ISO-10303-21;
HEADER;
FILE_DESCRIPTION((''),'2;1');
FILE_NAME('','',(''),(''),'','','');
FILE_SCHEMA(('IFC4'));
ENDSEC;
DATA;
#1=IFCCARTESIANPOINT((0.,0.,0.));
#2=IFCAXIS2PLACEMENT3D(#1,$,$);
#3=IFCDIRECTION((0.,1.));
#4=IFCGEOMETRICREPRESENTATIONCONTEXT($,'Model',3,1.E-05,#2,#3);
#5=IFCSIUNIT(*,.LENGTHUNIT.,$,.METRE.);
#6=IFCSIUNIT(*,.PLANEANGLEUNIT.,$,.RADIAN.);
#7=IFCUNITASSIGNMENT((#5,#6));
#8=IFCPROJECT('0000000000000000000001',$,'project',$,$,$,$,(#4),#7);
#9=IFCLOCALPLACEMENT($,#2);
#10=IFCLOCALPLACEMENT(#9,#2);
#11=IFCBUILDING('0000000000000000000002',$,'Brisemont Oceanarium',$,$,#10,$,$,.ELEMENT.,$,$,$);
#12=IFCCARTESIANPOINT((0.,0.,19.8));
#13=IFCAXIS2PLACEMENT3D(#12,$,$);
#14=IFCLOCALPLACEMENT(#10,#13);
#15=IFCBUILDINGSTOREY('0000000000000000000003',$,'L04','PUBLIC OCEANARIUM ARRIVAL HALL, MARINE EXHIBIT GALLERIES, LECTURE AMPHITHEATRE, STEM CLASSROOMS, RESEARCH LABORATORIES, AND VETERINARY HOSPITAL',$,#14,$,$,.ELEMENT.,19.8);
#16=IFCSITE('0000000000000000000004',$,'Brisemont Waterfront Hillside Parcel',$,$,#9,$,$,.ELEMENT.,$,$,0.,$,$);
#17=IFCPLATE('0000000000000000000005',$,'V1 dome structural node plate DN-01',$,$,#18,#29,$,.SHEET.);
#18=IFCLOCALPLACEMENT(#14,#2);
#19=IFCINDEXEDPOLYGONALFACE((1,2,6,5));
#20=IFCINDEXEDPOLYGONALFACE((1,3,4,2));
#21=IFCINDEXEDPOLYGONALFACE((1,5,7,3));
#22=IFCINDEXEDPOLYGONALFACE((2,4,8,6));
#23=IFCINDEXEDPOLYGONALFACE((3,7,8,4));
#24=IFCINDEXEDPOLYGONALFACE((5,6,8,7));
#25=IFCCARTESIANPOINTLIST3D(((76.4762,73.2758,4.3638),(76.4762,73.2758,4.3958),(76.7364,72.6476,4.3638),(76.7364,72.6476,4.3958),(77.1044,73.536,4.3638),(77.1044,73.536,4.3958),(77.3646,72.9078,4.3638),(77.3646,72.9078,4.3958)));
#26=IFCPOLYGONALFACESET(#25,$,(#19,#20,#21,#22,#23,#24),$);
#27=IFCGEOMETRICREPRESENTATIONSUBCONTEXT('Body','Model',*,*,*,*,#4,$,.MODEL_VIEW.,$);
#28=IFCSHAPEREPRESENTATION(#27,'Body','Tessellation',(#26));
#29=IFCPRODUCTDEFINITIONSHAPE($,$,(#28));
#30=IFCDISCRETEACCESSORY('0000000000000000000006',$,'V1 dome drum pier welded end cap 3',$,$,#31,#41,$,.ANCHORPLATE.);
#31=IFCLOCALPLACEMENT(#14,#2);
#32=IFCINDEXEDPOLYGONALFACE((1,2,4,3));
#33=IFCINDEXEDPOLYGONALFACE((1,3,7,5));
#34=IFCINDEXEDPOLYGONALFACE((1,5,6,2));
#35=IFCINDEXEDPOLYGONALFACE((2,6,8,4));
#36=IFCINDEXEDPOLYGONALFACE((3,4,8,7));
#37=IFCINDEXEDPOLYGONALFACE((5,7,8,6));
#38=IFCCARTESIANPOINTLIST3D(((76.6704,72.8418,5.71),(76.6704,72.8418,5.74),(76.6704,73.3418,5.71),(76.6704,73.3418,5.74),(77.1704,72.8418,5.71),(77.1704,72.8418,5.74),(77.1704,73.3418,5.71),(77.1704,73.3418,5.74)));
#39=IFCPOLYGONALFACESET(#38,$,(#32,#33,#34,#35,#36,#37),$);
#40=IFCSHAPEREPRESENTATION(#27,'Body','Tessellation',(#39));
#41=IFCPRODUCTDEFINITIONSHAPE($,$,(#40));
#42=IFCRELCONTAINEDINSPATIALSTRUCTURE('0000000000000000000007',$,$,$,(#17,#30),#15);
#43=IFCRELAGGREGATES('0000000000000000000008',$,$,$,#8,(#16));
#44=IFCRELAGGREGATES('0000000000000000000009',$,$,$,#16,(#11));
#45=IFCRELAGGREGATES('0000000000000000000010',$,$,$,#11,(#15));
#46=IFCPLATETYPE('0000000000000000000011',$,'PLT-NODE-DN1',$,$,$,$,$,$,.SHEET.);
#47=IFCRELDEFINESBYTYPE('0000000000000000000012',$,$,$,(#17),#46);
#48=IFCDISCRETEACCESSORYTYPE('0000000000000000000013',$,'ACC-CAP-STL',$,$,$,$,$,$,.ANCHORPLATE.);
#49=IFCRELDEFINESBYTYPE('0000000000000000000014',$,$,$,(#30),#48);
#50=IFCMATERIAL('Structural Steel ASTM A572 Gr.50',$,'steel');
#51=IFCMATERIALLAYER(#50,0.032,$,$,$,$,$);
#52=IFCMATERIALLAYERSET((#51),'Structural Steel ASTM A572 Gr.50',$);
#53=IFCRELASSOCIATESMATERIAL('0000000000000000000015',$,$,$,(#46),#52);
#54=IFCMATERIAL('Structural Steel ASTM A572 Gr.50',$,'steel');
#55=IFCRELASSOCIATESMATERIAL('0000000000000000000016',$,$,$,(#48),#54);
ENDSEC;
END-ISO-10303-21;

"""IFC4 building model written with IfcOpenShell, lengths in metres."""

from ifc_helpers import new_model, si_unit, direction, frame, origin, origin_2d, place, context, subcontext, project, spatial, rectangle, extrude, material, layer, layer_set, type_object, element, save


model = new_model("IFC4")

# Units and contexts
model_context = context("Model", 3, precision=1e-05, world=origin(), true_north=direction((0.0, 1.0)))
body_context = subcontext(model_context, "Body", "Model", "MODEL_VIEW")
ifc_project = project(units=[si_unit("LENGTHUNIT", "METRE"), si_unit("PLANEANGLEUNIT", "RADIAN")], contexts=[model_context])

# Site, building, storey
site_placement = place(None, origin())
site = spatial("IfcSite", under=ifc_project, at=site_placement, Name="Brisemont Waterfront Hillside Parcel", CompositionType="ELEMENT", RefElevation=0.0)
building_placement = place(site_placement, origin())
building = spatial("IfcBuilding", under=site, at=building_placement, Name="Brisemont Oceanarium", CompositionType="ELEMENT")
storey_placement = place(building_placement, frame((0.0, 0.0, 19.8)))
storey = spatial("IfcBuildingStorey", under=building, at=storey_placement, Name="L04", Description="PUBLIC OCEANARIUM ARRIVAL HALL, MARINE EXHIBIT GALLERIES, LECTURE AMPHITHEATRE, STEM CLASSROOMS, RESEARCH LABORATORIES, AND VETERINARY HOSPITAL", CompositionType="ELEMENT", Elevation=19.8)

# Plate
ifc_material_1 = material(Name="Structural Steel ASTM A572 Gr.50", Category="steel")
ifc_layer_1 = layer(ifc_material_1, 0.032)
ifc_layer_set_1 = layer_set([ifc_layer_1], Name="Structural Steel ASTM A572 Gr.50")
plate_type_1 = type_object("IfcPlateType", Name="PLT-NODE-DN1", PredefinedType="SHEET", material=ifc_layer_set_1)
plate_1_placement = place(storey_placement, frame((76.9204, 73.0918, 4.3638), z_axis=(0.0, 0.0, 1.0), x_axis=(-0.382683, 0.92388, 0.0)))
element("IfcPlate", 1, at=plate_1_placement, inside=storey, type_object=plate_type_1, Name="V1 dome structural node plate DN-01", PredefinedType="SHEET", context=body_context, shape_type="SweptSolid", body=[
    extrude(rectangle(XDim=0.6799, YDim=0.6799, at=origin_2d()), origin(), (0.0, 0.0, 1.0), 0.032),
])

# Discrete accessory
ifc_material_2 = material(Name="Structural Steel ASTM A572 Gr.50", Category="steel")
discrete_accessory_type = type_object("IfcDiscreteAccessoryType", Name="ACC-CAP-STL", PredefinedType="ANCHORPLATE", material=ifc_material_2)
discrete_accessory_placement = place(storey_placement, frame((76.9204, 73.0918, 5.71), z_axis=(0.0, 0.0, 1.0), x_axis=(1.0, 0.0, 0.0)))
element("IfcDiscreteAccessory", 2, at=discrete_accessory_placement, inside=storey, type_object=discrete_accessory_type, Name="V1 dome drum pier welded end cap 3", PredefinedType="ANCHORPLATE", context=body_context, shape_type="SweptSolid", body=[
    extrude(rectangle(XDim=0.5, YDim=0.5, at=origin_2d()), origin(), (0.0, 0.0, 1.0), 0.03),
])

save(model, "model.ifc")
